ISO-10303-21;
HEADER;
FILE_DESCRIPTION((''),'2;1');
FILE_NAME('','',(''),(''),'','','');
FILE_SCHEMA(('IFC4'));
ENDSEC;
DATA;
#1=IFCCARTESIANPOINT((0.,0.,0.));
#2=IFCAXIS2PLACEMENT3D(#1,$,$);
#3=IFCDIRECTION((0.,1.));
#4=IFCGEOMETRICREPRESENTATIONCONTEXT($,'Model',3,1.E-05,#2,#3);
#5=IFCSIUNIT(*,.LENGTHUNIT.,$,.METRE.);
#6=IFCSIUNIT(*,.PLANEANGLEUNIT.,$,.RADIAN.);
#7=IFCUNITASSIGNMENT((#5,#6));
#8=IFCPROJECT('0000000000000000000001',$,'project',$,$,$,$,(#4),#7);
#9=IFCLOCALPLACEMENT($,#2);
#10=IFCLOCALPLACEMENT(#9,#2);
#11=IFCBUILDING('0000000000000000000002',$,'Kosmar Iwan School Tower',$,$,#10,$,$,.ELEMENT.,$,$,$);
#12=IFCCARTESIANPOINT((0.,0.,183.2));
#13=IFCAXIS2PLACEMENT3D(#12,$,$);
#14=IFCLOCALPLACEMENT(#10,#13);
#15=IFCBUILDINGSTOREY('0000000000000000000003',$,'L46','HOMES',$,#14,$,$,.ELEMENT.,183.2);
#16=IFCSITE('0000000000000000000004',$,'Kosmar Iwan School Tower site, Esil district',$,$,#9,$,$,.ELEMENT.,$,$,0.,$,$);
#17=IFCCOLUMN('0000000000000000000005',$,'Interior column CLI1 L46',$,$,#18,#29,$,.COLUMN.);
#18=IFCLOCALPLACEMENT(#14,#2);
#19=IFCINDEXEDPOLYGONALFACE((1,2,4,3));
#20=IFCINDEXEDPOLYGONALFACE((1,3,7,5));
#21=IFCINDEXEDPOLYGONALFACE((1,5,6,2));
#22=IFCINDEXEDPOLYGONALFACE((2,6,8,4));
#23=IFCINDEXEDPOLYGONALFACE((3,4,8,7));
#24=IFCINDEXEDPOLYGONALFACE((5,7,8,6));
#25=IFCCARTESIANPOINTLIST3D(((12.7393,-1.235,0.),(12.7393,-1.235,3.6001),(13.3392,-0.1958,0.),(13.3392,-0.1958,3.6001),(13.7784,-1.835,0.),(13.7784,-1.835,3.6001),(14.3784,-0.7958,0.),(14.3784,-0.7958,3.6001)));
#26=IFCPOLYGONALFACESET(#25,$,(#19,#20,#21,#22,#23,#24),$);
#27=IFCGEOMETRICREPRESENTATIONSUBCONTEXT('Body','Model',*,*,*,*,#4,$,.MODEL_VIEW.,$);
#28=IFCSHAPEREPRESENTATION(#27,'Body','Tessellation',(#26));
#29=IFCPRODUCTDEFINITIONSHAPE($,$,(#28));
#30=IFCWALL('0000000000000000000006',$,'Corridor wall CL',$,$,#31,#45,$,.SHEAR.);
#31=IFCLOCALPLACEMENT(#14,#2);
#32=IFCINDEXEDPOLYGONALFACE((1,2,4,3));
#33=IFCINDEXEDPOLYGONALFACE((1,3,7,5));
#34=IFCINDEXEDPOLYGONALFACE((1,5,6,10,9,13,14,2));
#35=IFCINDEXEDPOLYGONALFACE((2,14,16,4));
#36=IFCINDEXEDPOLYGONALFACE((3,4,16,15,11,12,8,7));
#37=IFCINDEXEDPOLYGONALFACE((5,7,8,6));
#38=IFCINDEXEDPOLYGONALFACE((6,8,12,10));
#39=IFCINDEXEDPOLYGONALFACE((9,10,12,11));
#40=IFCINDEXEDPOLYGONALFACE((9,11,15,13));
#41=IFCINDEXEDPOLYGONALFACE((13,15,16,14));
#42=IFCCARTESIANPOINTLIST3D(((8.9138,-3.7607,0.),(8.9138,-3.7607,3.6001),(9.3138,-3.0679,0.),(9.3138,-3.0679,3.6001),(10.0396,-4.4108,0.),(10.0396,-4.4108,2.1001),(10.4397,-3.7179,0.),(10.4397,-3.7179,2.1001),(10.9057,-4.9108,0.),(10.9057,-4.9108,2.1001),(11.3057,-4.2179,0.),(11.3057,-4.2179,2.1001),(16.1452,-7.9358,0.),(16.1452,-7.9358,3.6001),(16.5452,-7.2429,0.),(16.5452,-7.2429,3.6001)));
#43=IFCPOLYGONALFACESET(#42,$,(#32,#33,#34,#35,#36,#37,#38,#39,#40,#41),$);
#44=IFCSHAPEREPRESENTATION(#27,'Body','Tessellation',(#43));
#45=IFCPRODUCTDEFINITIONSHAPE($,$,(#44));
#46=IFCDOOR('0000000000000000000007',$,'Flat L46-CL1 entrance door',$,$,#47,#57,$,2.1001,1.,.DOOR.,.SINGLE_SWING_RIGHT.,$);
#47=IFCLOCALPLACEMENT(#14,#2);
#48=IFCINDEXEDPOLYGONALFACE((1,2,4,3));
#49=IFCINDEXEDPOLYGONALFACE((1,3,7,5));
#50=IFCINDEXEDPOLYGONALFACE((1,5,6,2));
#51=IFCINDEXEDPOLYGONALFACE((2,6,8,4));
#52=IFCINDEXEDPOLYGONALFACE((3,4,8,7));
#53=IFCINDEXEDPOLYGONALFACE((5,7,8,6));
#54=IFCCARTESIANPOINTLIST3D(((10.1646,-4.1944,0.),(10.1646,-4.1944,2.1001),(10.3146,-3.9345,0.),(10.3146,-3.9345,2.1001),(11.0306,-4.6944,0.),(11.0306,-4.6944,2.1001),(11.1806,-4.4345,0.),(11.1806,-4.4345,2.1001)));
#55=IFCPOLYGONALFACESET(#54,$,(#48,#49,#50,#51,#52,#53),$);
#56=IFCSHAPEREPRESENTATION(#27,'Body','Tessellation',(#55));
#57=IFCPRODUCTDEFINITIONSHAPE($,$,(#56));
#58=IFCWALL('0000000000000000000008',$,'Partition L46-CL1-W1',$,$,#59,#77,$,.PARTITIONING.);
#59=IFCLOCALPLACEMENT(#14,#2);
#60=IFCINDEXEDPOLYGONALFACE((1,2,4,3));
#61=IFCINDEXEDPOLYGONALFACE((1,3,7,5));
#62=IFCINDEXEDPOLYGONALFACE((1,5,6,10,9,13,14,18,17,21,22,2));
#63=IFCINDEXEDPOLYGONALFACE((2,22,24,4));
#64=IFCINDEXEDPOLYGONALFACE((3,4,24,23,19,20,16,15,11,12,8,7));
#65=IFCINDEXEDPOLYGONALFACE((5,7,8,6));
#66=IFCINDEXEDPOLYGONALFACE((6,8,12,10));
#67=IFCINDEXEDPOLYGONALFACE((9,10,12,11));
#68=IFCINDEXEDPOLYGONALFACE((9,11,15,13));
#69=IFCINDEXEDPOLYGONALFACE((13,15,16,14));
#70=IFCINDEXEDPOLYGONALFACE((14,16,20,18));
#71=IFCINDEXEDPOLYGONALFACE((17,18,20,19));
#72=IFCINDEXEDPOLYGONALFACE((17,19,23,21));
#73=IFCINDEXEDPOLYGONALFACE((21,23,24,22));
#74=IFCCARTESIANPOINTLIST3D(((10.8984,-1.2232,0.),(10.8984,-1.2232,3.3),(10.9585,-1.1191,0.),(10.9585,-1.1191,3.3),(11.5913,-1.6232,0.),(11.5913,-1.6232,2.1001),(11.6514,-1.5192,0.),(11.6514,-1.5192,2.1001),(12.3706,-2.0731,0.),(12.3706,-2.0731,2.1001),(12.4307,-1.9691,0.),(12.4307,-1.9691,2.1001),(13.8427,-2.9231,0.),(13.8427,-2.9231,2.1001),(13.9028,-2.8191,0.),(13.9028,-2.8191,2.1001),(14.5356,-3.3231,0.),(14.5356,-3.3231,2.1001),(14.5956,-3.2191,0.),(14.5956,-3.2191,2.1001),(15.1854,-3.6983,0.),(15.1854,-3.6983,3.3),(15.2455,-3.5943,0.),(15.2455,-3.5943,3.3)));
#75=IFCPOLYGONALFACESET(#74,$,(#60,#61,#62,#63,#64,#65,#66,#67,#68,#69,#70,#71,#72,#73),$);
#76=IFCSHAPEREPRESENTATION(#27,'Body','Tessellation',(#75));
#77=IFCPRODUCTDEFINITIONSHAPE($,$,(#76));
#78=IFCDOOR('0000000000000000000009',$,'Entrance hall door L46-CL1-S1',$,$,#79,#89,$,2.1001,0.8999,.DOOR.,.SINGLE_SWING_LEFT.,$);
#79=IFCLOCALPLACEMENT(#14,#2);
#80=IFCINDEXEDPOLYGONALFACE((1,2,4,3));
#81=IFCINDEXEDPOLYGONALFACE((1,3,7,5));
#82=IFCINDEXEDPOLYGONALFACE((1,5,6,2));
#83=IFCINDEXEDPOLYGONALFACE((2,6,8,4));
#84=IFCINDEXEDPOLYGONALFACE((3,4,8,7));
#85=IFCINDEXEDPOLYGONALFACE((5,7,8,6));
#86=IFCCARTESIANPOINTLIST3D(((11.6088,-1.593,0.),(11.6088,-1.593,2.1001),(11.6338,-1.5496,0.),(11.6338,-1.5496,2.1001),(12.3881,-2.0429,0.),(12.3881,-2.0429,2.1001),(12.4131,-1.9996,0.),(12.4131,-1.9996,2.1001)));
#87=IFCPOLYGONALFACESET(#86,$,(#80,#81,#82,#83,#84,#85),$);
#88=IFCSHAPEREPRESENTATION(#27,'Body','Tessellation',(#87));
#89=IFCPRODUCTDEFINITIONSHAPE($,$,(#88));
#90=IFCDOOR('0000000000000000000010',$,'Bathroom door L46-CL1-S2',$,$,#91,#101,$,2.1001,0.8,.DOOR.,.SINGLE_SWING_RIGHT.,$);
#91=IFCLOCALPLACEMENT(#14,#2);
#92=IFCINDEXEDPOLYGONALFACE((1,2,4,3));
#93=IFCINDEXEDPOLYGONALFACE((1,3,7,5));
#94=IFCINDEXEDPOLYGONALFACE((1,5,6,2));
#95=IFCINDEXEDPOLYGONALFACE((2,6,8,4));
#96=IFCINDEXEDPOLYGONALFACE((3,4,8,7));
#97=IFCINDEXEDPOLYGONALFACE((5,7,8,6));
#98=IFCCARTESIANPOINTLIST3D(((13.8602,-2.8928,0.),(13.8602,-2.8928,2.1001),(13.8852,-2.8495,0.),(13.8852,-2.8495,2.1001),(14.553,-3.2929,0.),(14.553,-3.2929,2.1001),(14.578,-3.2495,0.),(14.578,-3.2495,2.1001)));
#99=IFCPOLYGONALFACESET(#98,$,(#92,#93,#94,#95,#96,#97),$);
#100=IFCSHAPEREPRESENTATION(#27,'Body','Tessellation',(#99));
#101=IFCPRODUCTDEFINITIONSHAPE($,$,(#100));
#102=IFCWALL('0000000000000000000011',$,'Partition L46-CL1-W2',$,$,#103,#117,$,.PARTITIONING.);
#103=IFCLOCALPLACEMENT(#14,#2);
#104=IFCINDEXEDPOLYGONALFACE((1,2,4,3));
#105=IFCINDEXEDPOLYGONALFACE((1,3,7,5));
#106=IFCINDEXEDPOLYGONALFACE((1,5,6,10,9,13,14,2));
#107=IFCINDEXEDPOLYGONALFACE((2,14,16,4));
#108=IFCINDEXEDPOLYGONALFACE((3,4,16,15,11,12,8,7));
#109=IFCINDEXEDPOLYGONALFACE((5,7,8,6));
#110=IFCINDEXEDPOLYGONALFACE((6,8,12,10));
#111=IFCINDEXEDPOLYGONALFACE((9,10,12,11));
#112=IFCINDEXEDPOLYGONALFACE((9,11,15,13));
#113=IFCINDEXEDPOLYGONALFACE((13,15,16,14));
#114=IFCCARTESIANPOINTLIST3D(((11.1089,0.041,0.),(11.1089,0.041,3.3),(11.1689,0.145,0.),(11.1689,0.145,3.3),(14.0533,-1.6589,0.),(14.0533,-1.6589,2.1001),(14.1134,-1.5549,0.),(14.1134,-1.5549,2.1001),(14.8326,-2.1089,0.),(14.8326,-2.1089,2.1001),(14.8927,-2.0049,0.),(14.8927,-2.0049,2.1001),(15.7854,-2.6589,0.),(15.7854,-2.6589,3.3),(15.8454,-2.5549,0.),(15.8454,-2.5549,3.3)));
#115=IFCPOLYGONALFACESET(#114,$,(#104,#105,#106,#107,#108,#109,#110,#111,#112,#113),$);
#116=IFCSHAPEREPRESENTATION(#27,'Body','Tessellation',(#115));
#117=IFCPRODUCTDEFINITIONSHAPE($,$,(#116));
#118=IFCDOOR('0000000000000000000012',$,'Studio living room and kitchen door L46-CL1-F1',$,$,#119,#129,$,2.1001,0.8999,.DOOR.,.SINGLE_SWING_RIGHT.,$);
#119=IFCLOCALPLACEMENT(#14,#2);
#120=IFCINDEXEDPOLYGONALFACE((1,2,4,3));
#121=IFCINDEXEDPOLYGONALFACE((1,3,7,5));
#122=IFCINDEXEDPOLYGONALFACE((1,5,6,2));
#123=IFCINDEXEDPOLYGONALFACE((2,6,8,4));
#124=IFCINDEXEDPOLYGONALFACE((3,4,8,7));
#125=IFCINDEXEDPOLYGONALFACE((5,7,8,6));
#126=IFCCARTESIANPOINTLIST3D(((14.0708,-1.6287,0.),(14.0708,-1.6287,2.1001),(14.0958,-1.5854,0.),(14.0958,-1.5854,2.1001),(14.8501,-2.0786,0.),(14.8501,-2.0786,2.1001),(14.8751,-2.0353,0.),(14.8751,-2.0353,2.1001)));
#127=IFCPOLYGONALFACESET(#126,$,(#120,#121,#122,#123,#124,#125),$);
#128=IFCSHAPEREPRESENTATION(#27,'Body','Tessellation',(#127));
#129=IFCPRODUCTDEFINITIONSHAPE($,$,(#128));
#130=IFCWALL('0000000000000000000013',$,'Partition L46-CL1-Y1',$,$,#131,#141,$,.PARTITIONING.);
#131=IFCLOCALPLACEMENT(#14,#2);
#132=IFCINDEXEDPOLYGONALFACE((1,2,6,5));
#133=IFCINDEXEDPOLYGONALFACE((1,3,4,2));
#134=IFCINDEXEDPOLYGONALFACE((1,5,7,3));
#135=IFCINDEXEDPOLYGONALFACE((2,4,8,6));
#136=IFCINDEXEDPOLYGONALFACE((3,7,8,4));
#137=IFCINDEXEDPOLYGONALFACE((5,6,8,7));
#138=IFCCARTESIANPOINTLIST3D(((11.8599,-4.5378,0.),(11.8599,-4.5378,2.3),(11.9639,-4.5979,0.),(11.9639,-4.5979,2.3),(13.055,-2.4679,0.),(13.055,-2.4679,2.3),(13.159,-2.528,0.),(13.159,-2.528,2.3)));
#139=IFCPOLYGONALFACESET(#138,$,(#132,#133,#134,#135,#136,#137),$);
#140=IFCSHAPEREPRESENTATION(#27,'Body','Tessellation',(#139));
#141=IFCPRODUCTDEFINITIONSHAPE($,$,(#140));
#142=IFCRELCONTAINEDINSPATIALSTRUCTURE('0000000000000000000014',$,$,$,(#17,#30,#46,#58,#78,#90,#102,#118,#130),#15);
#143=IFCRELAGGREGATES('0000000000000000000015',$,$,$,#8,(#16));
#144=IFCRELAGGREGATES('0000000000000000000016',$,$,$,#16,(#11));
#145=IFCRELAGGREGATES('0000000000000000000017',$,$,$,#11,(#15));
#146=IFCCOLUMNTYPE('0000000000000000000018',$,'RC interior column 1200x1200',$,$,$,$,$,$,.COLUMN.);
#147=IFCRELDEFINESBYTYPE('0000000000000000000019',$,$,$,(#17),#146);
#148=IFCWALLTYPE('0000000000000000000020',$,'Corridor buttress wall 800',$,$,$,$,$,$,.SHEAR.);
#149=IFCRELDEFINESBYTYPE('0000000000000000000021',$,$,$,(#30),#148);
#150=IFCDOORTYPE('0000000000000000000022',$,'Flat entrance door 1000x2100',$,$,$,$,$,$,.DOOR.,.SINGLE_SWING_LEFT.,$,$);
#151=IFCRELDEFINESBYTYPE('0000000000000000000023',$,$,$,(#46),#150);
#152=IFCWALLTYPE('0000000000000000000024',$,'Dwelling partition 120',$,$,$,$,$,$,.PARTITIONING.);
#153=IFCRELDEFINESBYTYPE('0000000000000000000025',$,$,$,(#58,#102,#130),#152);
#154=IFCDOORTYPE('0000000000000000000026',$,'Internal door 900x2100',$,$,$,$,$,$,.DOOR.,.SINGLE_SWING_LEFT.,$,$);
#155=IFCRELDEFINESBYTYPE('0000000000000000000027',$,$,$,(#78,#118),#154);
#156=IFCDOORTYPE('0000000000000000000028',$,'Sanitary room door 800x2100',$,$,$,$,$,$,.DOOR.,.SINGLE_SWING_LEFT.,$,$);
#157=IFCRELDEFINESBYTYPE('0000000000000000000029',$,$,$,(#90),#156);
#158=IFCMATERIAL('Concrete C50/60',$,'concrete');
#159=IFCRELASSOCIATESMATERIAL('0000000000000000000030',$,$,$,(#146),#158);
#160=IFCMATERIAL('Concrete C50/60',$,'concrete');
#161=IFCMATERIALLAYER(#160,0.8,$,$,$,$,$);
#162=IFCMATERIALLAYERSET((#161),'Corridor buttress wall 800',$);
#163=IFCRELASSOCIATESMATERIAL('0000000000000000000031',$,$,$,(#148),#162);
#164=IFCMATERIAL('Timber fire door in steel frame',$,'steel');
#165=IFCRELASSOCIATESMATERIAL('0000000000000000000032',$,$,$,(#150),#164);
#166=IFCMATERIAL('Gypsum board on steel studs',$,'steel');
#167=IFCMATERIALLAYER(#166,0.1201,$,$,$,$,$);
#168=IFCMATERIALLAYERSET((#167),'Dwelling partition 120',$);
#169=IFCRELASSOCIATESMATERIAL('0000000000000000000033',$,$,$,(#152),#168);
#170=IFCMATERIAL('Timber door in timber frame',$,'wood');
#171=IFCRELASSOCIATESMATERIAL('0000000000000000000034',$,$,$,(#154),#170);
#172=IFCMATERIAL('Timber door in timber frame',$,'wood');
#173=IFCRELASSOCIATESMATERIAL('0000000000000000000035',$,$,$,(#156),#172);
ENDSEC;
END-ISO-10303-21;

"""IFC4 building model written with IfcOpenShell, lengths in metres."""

from ifc_helpers import new_model, si_unit, direction, frame, frame_2d, origin, origin_2d, place, context, subcontext, project, spatial, rectangle, extrude, material, layer, layer_set, material_profile, profile_set, type_object, element, fill, save


model = new_model("IFC4")

# Units and contexts
model_context = context("Model", 3, precision=1e-05, world=origin(), true_north=direction((0.0, 1.0)))
body_context = subcontext(model_context, "Body", "Model", "MODEL_VIEW")
ifc_project = project(units=[si_unit("LENGTHUNIT", "METRE"), si_unit("PLANEANGLEUNIT", "RADIAN")], contexts=[model_context])

# Site, building, storey
site_placement = place(None, origin())
site = spatial("IfcSite", under=ifc_project, at=site_placement, Name="Kosmar Iwan School Tower site, Esil district", CompositionType="ELEMENT", RefElevation=0.0)
building_placement = place(site_placement, origin())
building = spatial("IfcBuilding", under=site, at=building_placement, Name="Kosmar Iwan School Tower", CompositionType="ELEMENT")
storey_placement = place(building_placement, frame((0.0, 0.0, 183.2)))
storey = spatial("IfcBuildingStorey", under=building, at=storey_placement, Name="L46", Description="HOMES", CompositionType="ELEMENT", Elevation=183.2)

# Column
ifc_material_1 = material(Name="Concrete C50/60", Category="concrete")
ifc_material_profile = material_profile(ifc_material_1, rectangle(XDim=1.2, YDim=1.2, at=origin_2d()), Name="RC 1200x1200")
ifc_profile_set = profile_set([ifc_material_profile], Name="Concrete C50/60")
column_type = type_object("IfcColumnType", Name="RC interior column 1200x1200", PredefinedType="COLUMN", material=ifc_profile_set)
column_placement = place(storey_placement, frame((13.5588, -1.0154, 0.0), z_axis=(0.0, 0.0, 1.0), x_axis=(0.866025, -0.5, 0.0)))
element("IfcColumn", 1, at=column_placement, inside=storey, type_object=column_type, Name="Interior column CLI1 L46", PredefinedType="COLUMN", context=body_context, shape_type="SweptSolid", body=[
    extrude(rectangle(XDim=1.2, YDim=1.2, at=origin_2d()), origin(), (0.0, 0.0, 1.0), 3.6001),
])

# Wall, opening, door
ifc_material_2 = material(Name="Concrete C50/60", Category="concrete")
ifc_layer_1 = layer(ifc_material_2, 0.8)
ifc_layer_set_1 = layer_set([ifc_layer_1], Name="Corridor buttress wall 800")
wall_type_1 = type_object("IfcWallType", Name="Corridor buttress wall 800", PredefinedType="SHEAR", material=ifc_layer_set_1)
wall_1_placement = place(storey_placement, frame((9.1138, -3.4143, 0.0), z_axis=(0.0, 0.0, 1.0), x_axis=(0.866027, -0.499997, 0.0)))
wall_1 = element("IfcWall", 2, at=wall_1_placement, inside=storey, type_object=wall_type_1, Name="Corridor wall CL", PredefinedType="SHEAR", context=body_context, shape_type="SweptSolid", body=[
    extrude(rectangle(XDim=8.3501, YDim=0.8, at=frame_2d((4.175, 0.0))), origin(), (0.0, 0.0, 1.0), 3.6001),
])
opening_1_placement = place(wall_1_placement, frame((1.3, 0.0, 0.0)))
opening_1 = element("IfcOpeningElement", 3, at=opening_1_placement, cuts=wall_1, PredefinedType="OPENING", context=body_context, shape_type="SweptSolid", body=[
    extrude(rectangle(XDim=1.0, YDim=2.1001, at=frame_2d((0.5, 1.05))), frame((0.0, 0.4121, 0.0), z_axis=(0.0, -1.0, 0.0), x_axis=(1.0, 0.0, 0.0)), (0.0, 0.0, 1.0), 0.824),
])
ifc_material_3 = material(Name="Timber fire door in steel frame", Category="steel")
door_type_1 = type_object("IfcDoorType", Name="Flat entrance door 1000x2100", OperationType="SINGLE_SWING_LEFT", PredefinedType="DOOR", material=ifc_material_3)
door_1_placement = place(opening_1_placement, origin())
door_1 = element("IfcDoor", 4, at=door_1_placement, inside=storey, type_object=door_type_1, Name="Flat L46-CL1 entrance door", OperationType="SINGLE_SWING_RIGHT", OverallHeight=2.1001, OverallWidth=1.0, PredefinedType="DOOR", context=body_context, shape_type="SweptSolid", body=[
    extrude(rectangle(XDim=1.0, YDim=2.1001, at=frame_2d((0.5, 1.05))), frame((0.0, 0.1499, 0.0), z_axis=(0.0, -1.0, 0.0), x_axis=(1.0, 0.0, 0.0)), (0.0, 0.0, 1.0), 0.3),
])
fill(opening_1, door_1)

# Wall, openings, doors
ifc_material_4 = material(Name="Gypsum board on steel studs", Category="steel")
ifc_layer_2 = layer(ifc_material_4, 0.1201)
ifc_layer_set_2 = layer_set([ifc_layer_2], Name="Dwelling partition 120")
wall_type_2 = type_object("IfcWallType", Name="Dwelling partition 120", PredefinedType="PARTITIONING", material=ifc_layer_set_2)
wall_2_placement = place(storey_placement, frame((10.9285, -1.1711, 0.0), z_axis=(0.0, 0.0, 1.0), x_axis=(0.866019, -0.500011, 0.0)))
wall_2 = element("IfcWall", 5, at=wall_2_placement, inside=storey, type_object=wall_type_2, Name="Partition L46-CL1-W1", PredefinedType="PARTITIONING", context=body_context, shape_type="SweptSolid", body=[
    extrude(rectangle(XDim=4.9502, YDim=0.1201, at=frame_2d((2.4751, 0.0))), origin(), (0.0, 0.0, 1.0), 3.3),
])
opening_2_placement = place(wall_2_placement, frame((0.8, 0.0, 0.0)))
opening_2 = element("IfcOpeningElement", 6, at=opening_2_placement, cuts=wall_2, PredefinedType="OPENING", context=body_context, shape_type="SweptSolid", body=[
    extrude(rectangle(XDim=0.8999, YDim=2.1001, at=frame_2d((0.45, 1.05))), frame((0.0, 0.072, 0.0), z_axis=(0.0, -1.0, 0.0), x_axis=(1.0, 0.0, 0.0)), (0.0, 0.0, 1.0), 0.144),
])
opening_3_placement = place(wall_2_placement, frame((3.3999, 0.0, 0.0)))
opening_3 = element("IfcOpeningElement", 7, at=opening_3_placement, cuts=wall_2, PredefinedType="OPENING", context=body_context, shape_type="SweptSolid", body=[
    extrude(rectangle(XDim=0.8, YDim=2.1001, at=frame_2d((0.3999, 1.05))), frame((0.0, 0.072, 0.0), z_axis=(0.0, -1.0, 0.0), x_axis=(1.0, 0.0, 0.0)), (0.0, 0.0, 1.0), 0.144),
])
ifc_material_5 = material(Name="Timber door in timber frame", Category="wood")
door_type_2 = type_object("IfcDoorType", Name="Internal door 900x2100", OperationType="SINGLE_SWING_LEFT", PredefinedType="DOOR", material=ifc_material_5)
door_2_placement = place(opening_2_placement, origin())
door_2 = element("IfcDoor", 8, at=door_2_placement, inside=storey, type_object=door_type_2, Name="Entrance hall door L46-CL1-S1", OperationType="SINGLE_SWING_LEFT", OverallHeight=2.1001, OverallWidth=0.8999, PredefinedType="DOOR", context=body_context, shape_type="SweptSolid", body=[
    extrude(rectangle(XDim=0.8999, YDim=2.1001, at=frame_2d((0.45, 1.05))), frame((0.0, 0.0249, 0.0), z_axis=(0.0, -1.0, 0.0), x_axis=(1.0, 0.0, 0.0)), (0.0, 0.0, 1.0), 0.05),
])
fill(opening_2, door_2)
ifc_material_6 = material(Name="Timber door in timber frame", Category="wood")
door_type_3 = type_object("IfcDoorType", Name="Sanitary room door 800x2100", OperationType="SINGLE_SWING_LEFT", PredefinedType="DOOR", material=ifc_material_6)
door_3_placement = place(opening_3_placement, origin())
door_3 = element("IfcDoor", 9, at=door_3_placement, inside=storey, type_object=door_type_3, Name="Bathroom door L46-CL1-S2", OperationType="SINGLE_SWING_RIGHT", OverallHeight=2.1001, OverallWidth=0.8, PredefinedType="DOOR", context=body_context, shape_type="SweptSolid", body=[
    extrude(rectangle(XDim=0.8, YDim=2.1001, at=frame_2d((0.3999, 1.05))), frame((0.0, 0.0249, 0.0), z_axis=(0.0, -1.0, 0.0), x_axis=(1.0, 0.0, 0.0)), (0.0, 0.0, 1.0), 0.05),
])
fill(opening_3, door_3)

# Wall, opening, door
wall_3_placement = place(storey_placement, frame((11.1389, 0.093, 0.0), z_axis=(0.0, 0.0, 1.0), x_axis=(0.866028, -0.499995, 0.0)))
wall_3 = element("IfcWall", 10, at=wall_3_placement, inside=storey, type_object=wall_type_2, Name="Partition L46-CL1-W2", PredefinedType="PARTITIONING", context=body_context, shape_type="SweptSolid", body=[
    extrude(rectangle(XDim=5.3999, YDim=0.1201, at=frame_2d((2.7, 0.0))), origin(), (0.0, 0.0, 1.0), 3.3),
])
opening_4_placement = place(wall_3_placement, frame((3.3999, 0.0, 0.0)))
opening_4 = element("IfcOpeningElement", 11, at=opening_4_placement, cuts=wall_3, PredefinedType="OPENING", context=body_context, shape_type="SweptSolid", body=[
    extrude(rectangle(XDim=0.8999, YDim=2.1001, at=frame_2d((0.45, 1.05))), frame((0.0, 0.072, 0.0), z_axis=(0.0, -1.0, 0.0), x_axis=(1.0, 0.0, 0.0)), (0.0, 0.0, 1.0), 0.144),
])
door_4_placement = place(opening_4_placement, origin())
door_4 = element("IfcDoor", 12, at=door_4_placement, inside=storey, type_object=door_type_2, Name="Studio living room and kitchen door L46-CL1-F1", OperationType="SINGLE_SWING_RIGHT", OverallHeight=2.1001, OverallWidth=0.8999, PredefinedType="DOOR", context=body_context, shape_type="SweptSolid", body=[
    extrude(rectangle(XDim=0.8999, YDim=2.1001, at=frame_2d((0.45, 1.05))), frame((0.0, 0.0249, 0.0), z_axis=(0.0, -1.0, 0.0), x_axis=(1.0, 0.0, 0.0)), (0.0, 0.0, 1.0), 0.05),
])
fill(opening_4, door_4)

# Wall
wall_4_placement = place(storey_placement, frame((11.9119, -4.5679, 0.0), z_axis=(0.0, 0.0, 1.0), x_axis=(0.500017, 0.866015, 0.0)))
element("IfcWall", 13, at=wall_4_placement, inside=storey, type_object=wall_type_2, Name="Partition L46-CL1-Y1", PredefinedType="PARTITIONING", context=body_context, shape_type="SweptSolid", body=[
    extrude(rectangle(XDim=2.3901, YDim=0.1201, at=frame_2d((1.1951, 0.0))), origin(), (0.0, 0.0, 1.0), 2.3),
])

save(model, "model.ifc")
